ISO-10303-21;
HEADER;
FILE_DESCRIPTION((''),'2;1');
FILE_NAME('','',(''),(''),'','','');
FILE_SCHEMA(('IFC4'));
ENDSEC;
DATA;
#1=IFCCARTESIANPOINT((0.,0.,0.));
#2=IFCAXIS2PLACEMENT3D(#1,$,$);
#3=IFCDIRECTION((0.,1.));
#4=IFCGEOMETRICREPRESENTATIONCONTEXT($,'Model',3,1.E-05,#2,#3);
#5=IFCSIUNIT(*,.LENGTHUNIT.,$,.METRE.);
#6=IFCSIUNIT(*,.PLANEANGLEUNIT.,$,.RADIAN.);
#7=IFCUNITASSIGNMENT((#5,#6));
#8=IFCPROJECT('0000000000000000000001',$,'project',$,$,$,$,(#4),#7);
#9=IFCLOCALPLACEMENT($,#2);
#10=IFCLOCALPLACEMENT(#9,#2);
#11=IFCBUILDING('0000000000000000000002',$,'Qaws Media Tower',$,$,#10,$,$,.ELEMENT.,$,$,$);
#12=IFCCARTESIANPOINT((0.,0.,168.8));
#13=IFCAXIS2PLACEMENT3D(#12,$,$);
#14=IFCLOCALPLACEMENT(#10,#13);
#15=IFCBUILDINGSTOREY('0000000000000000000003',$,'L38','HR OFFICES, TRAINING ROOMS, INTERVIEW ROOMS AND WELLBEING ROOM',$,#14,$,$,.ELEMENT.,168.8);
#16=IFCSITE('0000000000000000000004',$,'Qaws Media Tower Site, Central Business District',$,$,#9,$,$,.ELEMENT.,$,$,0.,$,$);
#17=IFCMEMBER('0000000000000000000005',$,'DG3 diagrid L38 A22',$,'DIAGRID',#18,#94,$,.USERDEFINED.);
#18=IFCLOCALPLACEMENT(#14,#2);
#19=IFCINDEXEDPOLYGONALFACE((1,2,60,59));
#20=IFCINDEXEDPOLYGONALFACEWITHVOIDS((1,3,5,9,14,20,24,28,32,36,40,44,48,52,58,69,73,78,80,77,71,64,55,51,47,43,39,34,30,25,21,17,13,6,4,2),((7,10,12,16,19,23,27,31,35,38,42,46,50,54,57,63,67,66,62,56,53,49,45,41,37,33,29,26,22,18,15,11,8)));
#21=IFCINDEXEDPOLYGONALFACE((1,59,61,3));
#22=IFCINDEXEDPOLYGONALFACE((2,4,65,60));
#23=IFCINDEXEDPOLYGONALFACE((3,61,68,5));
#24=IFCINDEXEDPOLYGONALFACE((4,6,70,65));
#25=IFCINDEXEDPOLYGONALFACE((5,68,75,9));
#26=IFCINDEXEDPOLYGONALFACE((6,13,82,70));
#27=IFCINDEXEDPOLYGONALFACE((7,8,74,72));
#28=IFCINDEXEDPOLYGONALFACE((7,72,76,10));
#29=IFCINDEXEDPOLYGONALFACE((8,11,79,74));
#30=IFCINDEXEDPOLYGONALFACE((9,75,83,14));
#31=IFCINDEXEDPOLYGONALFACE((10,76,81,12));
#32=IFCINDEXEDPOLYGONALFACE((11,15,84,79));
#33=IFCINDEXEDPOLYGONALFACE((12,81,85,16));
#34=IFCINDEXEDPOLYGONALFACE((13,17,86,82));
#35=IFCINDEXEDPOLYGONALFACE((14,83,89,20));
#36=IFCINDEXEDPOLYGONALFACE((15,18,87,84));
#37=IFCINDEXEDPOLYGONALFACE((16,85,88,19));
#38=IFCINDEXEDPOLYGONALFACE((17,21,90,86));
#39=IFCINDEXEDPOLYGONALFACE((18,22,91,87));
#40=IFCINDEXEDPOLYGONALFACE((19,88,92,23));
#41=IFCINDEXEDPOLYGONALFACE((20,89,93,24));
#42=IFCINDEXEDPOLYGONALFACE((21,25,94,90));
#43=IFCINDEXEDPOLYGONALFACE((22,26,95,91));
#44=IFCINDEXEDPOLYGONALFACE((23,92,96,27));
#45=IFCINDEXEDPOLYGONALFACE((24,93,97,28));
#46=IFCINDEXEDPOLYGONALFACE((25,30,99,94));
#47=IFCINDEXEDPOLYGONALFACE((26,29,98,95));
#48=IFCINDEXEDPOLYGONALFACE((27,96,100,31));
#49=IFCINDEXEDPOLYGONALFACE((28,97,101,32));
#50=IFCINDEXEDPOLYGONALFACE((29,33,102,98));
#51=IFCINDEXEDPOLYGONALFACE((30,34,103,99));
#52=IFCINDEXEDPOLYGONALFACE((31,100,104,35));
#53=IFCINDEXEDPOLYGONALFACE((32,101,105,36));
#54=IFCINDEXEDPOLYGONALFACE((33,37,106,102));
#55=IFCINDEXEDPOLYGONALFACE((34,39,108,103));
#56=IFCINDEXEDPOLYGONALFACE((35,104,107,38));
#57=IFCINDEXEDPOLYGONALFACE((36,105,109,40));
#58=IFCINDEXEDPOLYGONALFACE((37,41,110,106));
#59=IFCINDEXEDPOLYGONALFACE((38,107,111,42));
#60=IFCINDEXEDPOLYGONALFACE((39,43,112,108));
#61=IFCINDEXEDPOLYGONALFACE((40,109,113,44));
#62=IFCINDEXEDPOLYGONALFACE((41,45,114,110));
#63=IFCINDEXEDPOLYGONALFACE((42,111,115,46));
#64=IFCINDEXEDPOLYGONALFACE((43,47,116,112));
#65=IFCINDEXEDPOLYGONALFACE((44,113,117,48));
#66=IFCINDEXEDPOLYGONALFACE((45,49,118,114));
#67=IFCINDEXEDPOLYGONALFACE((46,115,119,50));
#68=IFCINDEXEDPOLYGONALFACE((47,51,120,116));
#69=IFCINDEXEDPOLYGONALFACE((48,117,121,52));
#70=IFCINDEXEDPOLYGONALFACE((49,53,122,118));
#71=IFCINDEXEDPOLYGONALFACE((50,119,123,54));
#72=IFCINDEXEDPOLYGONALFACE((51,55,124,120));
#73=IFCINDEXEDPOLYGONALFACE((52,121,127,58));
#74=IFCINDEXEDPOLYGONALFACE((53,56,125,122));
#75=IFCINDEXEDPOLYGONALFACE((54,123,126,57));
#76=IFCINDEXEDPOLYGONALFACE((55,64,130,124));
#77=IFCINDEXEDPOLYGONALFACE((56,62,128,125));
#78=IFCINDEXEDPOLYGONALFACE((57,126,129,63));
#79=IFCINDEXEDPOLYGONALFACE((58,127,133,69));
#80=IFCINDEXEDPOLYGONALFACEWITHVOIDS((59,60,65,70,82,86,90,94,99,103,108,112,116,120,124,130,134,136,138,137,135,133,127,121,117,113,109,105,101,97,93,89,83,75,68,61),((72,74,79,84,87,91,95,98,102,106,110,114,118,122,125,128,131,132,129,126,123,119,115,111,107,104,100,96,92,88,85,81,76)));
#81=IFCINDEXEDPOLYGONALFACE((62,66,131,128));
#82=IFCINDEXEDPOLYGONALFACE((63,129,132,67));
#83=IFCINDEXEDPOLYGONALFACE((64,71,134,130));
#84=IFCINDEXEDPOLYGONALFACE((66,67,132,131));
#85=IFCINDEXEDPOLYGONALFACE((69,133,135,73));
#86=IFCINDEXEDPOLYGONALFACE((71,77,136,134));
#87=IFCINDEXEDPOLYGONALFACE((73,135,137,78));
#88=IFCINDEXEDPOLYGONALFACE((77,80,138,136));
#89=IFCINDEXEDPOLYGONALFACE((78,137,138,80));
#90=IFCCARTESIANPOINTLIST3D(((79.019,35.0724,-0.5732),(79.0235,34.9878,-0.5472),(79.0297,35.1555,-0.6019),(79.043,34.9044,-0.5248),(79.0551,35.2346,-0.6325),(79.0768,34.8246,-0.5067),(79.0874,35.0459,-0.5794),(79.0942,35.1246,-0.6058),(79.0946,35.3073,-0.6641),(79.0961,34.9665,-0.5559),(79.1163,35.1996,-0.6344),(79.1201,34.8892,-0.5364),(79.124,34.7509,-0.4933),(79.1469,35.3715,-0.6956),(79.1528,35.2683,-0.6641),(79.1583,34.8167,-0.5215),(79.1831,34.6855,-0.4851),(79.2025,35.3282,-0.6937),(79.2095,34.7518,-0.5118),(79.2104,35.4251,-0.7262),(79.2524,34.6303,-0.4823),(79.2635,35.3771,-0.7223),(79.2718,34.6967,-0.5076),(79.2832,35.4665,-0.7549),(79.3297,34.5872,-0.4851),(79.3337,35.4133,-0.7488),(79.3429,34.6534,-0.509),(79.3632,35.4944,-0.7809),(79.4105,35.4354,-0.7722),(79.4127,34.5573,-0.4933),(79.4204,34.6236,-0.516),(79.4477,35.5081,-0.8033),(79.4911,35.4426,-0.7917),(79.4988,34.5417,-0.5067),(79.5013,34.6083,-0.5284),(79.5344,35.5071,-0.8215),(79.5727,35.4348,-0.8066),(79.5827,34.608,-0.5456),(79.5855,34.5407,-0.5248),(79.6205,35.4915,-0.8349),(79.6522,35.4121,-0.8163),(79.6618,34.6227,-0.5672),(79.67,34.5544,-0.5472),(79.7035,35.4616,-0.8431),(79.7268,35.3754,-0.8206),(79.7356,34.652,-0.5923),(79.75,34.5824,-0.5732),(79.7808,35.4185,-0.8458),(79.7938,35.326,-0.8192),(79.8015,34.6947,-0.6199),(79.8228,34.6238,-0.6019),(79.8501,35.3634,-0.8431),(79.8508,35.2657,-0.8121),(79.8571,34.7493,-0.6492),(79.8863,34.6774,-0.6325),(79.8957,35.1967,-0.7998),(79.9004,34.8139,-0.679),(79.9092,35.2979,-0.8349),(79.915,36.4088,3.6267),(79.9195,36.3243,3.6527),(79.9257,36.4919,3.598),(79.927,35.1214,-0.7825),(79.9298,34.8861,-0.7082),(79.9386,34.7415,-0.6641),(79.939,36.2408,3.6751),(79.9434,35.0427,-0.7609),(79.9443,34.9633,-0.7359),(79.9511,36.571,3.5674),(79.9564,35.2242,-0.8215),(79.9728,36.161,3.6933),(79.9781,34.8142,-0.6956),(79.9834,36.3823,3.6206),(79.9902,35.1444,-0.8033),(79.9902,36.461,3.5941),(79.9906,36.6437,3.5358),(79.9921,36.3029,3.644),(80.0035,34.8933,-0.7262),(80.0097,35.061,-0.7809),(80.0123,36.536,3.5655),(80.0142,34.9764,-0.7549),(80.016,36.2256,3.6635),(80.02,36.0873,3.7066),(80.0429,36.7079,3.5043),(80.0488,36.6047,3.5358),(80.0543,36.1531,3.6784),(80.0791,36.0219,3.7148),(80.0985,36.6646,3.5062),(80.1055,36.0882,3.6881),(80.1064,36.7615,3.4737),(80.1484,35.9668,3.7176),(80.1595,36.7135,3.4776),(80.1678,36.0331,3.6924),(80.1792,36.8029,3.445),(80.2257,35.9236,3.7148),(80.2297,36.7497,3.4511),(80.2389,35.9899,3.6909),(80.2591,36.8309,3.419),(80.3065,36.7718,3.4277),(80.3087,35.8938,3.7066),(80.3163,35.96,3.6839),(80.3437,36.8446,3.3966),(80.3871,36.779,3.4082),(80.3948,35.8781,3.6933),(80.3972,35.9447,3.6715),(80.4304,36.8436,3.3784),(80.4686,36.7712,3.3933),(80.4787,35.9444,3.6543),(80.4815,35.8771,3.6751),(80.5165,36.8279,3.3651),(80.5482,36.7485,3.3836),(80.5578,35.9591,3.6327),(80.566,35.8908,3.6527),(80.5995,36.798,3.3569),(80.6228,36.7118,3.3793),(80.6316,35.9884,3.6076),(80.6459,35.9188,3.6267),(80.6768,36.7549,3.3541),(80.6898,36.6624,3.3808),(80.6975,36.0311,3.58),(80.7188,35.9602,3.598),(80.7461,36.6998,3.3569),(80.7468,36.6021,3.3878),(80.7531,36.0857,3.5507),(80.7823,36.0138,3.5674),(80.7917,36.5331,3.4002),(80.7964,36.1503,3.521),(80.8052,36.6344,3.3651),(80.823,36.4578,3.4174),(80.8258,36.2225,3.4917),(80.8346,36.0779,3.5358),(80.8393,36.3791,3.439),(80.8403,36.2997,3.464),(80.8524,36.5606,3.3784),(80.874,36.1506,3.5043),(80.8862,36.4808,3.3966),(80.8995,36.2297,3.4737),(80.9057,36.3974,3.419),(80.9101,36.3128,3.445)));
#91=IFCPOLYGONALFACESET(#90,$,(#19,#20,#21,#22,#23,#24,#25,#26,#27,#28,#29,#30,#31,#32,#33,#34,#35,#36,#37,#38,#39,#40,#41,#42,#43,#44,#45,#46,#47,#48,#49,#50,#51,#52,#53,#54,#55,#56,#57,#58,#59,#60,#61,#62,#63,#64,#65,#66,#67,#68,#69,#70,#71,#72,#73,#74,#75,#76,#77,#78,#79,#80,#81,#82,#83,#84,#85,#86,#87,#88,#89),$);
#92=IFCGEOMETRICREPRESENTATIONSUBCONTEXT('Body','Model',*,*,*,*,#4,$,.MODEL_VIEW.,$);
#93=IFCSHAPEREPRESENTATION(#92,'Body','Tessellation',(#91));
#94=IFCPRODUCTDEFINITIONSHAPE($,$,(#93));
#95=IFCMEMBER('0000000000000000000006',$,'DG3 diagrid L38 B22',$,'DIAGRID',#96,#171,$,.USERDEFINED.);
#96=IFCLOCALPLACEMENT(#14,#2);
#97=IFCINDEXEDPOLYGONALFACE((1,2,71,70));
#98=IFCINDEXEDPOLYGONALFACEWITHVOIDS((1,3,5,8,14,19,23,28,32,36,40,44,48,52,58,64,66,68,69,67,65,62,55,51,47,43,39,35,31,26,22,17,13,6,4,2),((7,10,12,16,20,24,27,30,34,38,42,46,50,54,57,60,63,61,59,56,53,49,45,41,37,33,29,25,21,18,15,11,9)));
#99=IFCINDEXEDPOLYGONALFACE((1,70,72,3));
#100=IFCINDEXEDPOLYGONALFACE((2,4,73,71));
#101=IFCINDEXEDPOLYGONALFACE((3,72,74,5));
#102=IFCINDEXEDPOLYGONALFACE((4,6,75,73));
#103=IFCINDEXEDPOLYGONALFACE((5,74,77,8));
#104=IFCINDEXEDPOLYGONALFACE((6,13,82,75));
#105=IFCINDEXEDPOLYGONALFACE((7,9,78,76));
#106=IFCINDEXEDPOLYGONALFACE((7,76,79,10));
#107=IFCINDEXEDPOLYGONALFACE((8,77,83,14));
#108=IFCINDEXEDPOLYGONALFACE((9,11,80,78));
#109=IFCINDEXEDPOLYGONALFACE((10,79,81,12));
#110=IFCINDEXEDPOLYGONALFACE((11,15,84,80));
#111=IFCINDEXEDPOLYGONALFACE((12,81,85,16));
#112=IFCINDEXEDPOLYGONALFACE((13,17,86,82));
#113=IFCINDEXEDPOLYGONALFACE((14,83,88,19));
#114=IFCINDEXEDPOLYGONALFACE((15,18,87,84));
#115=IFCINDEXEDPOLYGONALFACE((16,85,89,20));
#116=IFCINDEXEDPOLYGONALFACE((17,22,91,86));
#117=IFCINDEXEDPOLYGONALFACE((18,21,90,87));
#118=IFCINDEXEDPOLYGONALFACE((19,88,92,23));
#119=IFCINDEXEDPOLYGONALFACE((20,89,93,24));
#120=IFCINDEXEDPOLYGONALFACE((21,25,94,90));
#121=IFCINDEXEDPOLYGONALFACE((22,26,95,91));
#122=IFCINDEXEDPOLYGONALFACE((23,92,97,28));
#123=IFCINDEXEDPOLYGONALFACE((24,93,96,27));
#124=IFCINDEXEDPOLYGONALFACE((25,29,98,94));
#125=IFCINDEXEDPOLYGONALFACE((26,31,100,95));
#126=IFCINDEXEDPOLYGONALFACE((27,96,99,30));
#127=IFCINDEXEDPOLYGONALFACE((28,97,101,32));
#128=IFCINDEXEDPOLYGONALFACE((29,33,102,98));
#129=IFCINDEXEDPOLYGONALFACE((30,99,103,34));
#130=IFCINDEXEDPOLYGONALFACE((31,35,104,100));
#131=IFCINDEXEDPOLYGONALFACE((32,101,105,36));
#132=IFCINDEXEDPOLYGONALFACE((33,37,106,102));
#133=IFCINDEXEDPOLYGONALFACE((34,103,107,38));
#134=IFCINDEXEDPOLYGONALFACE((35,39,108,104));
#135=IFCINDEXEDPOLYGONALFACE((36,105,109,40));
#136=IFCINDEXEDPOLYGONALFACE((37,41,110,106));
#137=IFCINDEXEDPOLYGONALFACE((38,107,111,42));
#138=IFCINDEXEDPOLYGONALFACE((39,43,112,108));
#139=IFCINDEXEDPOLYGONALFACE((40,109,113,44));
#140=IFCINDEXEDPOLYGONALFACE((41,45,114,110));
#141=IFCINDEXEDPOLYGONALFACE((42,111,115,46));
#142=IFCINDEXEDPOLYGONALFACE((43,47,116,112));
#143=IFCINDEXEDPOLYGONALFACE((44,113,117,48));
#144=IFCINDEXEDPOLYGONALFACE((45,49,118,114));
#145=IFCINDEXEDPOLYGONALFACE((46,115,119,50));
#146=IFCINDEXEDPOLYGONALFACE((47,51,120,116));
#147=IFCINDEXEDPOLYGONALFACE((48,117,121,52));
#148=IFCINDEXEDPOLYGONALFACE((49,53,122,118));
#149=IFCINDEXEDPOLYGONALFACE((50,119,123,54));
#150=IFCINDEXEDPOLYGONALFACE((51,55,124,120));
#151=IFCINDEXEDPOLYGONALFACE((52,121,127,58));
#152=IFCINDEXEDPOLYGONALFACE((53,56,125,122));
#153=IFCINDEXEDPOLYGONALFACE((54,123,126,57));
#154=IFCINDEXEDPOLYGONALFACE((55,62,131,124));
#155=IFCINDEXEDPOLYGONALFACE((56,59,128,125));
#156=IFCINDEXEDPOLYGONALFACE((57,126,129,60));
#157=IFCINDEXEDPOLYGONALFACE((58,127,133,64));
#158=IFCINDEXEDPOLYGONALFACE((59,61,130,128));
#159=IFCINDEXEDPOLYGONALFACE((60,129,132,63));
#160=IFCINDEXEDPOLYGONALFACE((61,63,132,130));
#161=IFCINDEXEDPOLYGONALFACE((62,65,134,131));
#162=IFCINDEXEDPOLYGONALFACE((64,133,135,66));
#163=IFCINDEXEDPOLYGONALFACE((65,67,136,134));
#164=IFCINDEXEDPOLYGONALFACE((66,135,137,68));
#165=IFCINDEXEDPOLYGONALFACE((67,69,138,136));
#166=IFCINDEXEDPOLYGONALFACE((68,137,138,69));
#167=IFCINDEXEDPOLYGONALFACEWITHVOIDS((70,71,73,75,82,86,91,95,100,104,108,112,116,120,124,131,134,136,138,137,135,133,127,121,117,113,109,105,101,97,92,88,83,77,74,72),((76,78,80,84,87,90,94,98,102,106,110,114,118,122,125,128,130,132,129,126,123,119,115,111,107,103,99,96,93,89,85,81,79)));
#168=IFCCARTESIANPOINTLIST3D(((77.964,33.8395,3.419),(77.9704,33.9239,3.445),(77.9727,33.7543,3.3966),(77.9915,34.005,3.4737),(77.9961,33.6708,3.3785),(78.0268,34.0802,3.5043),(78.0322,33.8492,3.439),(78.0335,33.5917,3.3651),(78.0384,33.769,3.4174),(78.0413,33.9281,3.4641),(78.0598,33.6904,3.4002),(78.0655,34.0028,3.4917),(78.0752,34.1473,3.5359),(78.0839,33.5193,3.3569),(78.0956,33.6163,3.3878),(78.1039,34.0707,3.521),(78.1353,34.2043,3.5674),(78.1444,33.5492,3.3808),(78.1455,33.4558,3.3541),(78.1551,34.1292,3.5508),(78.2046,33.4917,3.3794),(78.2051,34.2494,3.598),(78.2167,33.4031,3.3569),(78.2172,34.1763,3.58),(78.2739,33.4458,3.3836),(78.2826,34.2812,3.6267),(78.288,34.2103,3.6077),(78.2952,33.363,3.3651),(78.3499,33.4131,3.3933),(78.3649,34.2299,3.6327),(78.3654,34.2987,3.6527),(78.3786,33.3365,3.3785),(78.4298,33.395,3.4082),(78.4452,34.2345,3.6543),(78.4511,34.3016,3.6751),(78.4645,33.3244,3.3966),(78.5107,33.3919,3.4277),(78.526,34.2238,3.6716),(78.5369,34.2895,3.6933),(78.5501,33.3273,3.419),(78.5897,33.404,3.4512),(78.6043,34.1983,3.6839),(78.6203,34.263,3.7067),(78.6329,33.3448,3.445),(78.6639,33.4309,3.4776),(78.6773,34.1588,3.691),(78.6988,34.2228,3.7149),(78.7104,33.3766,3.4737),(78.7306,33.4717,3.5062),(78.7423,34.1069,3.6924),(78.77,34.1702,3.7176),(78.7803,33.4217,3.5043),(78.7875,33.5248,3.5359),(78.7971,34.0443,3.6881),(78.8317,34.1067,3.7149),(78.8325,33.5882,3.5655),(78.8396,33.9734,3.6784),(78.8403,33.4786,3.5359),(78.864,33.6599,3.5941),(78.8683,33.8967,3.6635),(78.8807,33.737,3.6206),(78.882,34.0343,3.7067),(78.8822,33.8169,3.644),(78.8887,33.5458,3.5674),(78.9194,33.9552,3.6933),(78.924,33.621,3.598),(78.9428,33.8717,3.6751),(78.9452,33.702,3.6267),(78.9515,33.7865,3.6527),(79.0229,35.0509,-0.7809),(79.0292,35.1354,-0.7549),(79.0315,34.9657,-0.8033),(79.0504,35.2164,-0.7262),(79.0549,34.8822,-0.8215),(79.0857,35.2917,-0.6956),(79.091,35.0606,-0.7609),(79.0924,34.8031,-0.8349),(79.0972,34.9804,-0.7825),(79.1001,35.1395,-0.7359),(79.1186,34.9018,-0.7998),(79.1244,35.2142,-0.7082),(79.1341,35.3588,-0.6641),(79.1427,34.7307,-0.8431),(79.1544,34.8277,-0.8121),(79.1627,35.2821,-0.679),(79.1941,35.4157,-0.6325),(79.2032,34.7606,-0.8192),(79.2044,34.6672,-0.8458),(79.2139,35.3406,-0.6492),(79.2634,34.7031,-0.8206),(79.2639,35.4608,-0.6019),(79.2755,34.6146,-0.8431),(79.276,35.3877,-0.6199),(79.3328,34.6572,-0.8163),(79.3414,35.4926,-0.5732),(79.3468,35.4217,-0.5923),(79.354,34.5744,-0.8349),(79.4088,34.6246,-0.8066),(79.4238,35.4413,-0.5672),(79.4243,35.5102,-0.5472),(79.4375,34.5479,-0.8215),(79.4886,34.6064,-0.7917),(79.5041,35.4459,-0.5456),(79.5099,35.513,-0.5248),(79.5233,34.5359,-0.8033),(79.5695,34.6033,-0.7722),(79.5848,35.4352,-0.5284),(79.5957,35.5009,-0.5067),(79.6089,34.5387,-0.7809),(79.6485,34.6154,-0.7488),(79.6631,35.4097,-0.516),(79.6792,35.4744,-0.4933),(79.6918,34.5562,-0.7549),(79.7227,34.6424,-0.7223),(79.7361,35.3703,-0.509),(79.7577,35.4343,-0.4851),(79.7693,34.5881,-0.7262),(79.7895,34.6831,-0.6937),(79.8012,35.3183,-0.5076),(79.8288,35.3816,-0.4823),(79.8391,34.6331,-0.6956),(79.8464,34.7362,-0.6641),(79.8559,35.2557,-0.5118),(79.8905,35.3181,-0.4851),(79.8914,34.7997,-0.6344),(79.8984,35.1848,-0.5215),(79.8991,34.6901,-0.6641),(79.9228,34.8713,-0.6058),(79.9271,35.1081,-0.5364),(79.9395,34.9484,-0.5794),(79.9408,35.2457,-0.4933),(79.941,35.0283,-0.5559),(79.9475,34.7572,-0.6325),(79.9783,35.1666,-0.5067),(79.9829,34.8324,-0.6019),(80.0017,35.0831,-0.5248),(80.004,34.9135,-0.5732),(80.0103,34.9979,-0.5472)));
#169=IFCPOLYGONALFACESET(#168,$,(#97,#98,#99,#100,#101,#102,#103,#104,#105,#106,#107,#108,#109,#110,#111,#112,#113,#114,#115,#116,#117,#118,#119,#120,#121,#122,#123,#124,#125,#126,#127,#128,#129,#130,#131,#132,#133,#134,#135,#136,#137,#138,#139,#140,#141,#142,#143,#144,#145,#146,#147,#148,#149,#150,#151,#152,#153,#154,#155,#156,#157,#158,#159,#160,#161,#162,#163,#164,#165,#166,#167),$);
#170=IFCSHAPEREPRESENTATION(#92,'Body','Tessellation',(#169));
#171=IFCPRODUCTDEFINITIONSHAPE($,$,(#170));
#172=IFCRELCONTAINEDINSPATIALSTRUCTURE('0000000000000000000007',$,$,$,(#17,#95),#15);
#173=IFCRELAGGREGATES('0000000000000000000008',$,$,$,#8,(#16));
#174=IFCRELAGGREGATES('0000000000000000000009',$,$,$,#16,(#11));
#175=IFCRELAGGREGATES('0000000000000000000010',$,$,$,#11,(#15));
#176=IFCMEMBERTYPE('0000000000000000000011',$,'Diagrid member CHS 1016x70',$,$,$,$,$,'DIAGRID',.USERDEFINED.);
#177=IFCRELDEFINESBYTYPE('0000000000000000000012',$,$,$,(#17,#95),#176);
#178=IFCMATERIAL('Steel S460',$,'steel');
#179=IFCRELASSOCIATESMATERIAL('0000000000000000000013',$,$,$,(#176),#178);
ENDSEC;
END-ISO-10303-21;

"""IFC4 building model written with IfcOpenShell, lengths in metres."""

from ifc_helpers import new_model, si_unit, direction, frame, origin, origin_2d, place, context, subcontext, project, spatial, hollow_circle, extrude, material, material_profile, profile_set, type_object, element, save


model = new_model("IFC4")

# Units and contexts
model_context = context("Model", 3, precision=1e-05, world=origin(), true_north=direction((0.0, 1.0)))
body_context = subcontext(model_context, "Body", "Model", "MODEL_VIEW")
ifc_project = project(units=[si_unit("LENGTHUNIT", "METRE"), si_unit("PLANEANGLEUNIT", "RADIAN")], contexts=[model_context])

# Site, building, storey
site_placement = place(None, origin())
site = spatial("IfcSite", under=ifc_project, at=site_placement, Name="Qaws Media Tower Site, Central Business District", CompositionType="ELEMENT", RefElevation=0.0)
building_placement = place(site_placement, origin())
building = spatial("IfcBuilding", under=site, at=building_placement, Name="Qaws Media Tower", CompositionType="ELEMENT")
storey_placement = place(building_placement, frame((0.0, 0.0, 168.8)))
storey = spatial("IfcBuildingStorey", under=building, at=storey_placement, Name="L38", Description="HR OFFICES, TRAINING ROOMS, INTERVIEW ROOMS AND WELLBEING ROOM", CompositionType="ELEMENT", Elevation=168.8)

# Members
ifc_material_1 = material(Name="Steel S460", Category="steel")
ifc_material_profile_1 = material_profile(ifc_material_1, hollow_circle(Radius=0.5081, WallThickness=0.0701, at=origin_2d()), Name="CHS 1016x70")
ifc_profile_set_1 = profile_set([ifc_material_profile_1], Name="Steel S460")
member_type_1 = type_object("IfcMemberType", Name="Diagrid member CHS 1016x70", ElementType="DIAGRID", PredefinedType="USERDEFINED", material=ifc_profile_set_1)
for number, where, z_axis, x_axis, name in (
    (1, (79.5166, 35.0244, -0.6641), (0.199216, 0.297142, 0.93382), (-0.8306, 0.556869, 0.0), "DG3 diagrid L38 A22"),
    (2, (79.5166, 35.0244, -0.6641), (-0.235424, -0.26935, 0.933823), (0.752934, -0.658096, 0.0), "DG3 diagrid L38 B22"),
):
    element("IfcMember", number, at=place(storey_placement, frame(where, z_axis=z_axis, x_axis=x_axis)), inside=storey, type_object=member_type_1, Name=name, ObjectType="DIAGRID", PredefinedType="USERDEFINED", context=body_context, shape_type="SweptSolid", body=[
        extrude(hollow_circle(Radius=0.5081, WallThickness=0.0701, at=origin_2d()), origin(), (0.0, 0.0, 1.0), 4.4976),
    ])

save(model, "model.ifc")
